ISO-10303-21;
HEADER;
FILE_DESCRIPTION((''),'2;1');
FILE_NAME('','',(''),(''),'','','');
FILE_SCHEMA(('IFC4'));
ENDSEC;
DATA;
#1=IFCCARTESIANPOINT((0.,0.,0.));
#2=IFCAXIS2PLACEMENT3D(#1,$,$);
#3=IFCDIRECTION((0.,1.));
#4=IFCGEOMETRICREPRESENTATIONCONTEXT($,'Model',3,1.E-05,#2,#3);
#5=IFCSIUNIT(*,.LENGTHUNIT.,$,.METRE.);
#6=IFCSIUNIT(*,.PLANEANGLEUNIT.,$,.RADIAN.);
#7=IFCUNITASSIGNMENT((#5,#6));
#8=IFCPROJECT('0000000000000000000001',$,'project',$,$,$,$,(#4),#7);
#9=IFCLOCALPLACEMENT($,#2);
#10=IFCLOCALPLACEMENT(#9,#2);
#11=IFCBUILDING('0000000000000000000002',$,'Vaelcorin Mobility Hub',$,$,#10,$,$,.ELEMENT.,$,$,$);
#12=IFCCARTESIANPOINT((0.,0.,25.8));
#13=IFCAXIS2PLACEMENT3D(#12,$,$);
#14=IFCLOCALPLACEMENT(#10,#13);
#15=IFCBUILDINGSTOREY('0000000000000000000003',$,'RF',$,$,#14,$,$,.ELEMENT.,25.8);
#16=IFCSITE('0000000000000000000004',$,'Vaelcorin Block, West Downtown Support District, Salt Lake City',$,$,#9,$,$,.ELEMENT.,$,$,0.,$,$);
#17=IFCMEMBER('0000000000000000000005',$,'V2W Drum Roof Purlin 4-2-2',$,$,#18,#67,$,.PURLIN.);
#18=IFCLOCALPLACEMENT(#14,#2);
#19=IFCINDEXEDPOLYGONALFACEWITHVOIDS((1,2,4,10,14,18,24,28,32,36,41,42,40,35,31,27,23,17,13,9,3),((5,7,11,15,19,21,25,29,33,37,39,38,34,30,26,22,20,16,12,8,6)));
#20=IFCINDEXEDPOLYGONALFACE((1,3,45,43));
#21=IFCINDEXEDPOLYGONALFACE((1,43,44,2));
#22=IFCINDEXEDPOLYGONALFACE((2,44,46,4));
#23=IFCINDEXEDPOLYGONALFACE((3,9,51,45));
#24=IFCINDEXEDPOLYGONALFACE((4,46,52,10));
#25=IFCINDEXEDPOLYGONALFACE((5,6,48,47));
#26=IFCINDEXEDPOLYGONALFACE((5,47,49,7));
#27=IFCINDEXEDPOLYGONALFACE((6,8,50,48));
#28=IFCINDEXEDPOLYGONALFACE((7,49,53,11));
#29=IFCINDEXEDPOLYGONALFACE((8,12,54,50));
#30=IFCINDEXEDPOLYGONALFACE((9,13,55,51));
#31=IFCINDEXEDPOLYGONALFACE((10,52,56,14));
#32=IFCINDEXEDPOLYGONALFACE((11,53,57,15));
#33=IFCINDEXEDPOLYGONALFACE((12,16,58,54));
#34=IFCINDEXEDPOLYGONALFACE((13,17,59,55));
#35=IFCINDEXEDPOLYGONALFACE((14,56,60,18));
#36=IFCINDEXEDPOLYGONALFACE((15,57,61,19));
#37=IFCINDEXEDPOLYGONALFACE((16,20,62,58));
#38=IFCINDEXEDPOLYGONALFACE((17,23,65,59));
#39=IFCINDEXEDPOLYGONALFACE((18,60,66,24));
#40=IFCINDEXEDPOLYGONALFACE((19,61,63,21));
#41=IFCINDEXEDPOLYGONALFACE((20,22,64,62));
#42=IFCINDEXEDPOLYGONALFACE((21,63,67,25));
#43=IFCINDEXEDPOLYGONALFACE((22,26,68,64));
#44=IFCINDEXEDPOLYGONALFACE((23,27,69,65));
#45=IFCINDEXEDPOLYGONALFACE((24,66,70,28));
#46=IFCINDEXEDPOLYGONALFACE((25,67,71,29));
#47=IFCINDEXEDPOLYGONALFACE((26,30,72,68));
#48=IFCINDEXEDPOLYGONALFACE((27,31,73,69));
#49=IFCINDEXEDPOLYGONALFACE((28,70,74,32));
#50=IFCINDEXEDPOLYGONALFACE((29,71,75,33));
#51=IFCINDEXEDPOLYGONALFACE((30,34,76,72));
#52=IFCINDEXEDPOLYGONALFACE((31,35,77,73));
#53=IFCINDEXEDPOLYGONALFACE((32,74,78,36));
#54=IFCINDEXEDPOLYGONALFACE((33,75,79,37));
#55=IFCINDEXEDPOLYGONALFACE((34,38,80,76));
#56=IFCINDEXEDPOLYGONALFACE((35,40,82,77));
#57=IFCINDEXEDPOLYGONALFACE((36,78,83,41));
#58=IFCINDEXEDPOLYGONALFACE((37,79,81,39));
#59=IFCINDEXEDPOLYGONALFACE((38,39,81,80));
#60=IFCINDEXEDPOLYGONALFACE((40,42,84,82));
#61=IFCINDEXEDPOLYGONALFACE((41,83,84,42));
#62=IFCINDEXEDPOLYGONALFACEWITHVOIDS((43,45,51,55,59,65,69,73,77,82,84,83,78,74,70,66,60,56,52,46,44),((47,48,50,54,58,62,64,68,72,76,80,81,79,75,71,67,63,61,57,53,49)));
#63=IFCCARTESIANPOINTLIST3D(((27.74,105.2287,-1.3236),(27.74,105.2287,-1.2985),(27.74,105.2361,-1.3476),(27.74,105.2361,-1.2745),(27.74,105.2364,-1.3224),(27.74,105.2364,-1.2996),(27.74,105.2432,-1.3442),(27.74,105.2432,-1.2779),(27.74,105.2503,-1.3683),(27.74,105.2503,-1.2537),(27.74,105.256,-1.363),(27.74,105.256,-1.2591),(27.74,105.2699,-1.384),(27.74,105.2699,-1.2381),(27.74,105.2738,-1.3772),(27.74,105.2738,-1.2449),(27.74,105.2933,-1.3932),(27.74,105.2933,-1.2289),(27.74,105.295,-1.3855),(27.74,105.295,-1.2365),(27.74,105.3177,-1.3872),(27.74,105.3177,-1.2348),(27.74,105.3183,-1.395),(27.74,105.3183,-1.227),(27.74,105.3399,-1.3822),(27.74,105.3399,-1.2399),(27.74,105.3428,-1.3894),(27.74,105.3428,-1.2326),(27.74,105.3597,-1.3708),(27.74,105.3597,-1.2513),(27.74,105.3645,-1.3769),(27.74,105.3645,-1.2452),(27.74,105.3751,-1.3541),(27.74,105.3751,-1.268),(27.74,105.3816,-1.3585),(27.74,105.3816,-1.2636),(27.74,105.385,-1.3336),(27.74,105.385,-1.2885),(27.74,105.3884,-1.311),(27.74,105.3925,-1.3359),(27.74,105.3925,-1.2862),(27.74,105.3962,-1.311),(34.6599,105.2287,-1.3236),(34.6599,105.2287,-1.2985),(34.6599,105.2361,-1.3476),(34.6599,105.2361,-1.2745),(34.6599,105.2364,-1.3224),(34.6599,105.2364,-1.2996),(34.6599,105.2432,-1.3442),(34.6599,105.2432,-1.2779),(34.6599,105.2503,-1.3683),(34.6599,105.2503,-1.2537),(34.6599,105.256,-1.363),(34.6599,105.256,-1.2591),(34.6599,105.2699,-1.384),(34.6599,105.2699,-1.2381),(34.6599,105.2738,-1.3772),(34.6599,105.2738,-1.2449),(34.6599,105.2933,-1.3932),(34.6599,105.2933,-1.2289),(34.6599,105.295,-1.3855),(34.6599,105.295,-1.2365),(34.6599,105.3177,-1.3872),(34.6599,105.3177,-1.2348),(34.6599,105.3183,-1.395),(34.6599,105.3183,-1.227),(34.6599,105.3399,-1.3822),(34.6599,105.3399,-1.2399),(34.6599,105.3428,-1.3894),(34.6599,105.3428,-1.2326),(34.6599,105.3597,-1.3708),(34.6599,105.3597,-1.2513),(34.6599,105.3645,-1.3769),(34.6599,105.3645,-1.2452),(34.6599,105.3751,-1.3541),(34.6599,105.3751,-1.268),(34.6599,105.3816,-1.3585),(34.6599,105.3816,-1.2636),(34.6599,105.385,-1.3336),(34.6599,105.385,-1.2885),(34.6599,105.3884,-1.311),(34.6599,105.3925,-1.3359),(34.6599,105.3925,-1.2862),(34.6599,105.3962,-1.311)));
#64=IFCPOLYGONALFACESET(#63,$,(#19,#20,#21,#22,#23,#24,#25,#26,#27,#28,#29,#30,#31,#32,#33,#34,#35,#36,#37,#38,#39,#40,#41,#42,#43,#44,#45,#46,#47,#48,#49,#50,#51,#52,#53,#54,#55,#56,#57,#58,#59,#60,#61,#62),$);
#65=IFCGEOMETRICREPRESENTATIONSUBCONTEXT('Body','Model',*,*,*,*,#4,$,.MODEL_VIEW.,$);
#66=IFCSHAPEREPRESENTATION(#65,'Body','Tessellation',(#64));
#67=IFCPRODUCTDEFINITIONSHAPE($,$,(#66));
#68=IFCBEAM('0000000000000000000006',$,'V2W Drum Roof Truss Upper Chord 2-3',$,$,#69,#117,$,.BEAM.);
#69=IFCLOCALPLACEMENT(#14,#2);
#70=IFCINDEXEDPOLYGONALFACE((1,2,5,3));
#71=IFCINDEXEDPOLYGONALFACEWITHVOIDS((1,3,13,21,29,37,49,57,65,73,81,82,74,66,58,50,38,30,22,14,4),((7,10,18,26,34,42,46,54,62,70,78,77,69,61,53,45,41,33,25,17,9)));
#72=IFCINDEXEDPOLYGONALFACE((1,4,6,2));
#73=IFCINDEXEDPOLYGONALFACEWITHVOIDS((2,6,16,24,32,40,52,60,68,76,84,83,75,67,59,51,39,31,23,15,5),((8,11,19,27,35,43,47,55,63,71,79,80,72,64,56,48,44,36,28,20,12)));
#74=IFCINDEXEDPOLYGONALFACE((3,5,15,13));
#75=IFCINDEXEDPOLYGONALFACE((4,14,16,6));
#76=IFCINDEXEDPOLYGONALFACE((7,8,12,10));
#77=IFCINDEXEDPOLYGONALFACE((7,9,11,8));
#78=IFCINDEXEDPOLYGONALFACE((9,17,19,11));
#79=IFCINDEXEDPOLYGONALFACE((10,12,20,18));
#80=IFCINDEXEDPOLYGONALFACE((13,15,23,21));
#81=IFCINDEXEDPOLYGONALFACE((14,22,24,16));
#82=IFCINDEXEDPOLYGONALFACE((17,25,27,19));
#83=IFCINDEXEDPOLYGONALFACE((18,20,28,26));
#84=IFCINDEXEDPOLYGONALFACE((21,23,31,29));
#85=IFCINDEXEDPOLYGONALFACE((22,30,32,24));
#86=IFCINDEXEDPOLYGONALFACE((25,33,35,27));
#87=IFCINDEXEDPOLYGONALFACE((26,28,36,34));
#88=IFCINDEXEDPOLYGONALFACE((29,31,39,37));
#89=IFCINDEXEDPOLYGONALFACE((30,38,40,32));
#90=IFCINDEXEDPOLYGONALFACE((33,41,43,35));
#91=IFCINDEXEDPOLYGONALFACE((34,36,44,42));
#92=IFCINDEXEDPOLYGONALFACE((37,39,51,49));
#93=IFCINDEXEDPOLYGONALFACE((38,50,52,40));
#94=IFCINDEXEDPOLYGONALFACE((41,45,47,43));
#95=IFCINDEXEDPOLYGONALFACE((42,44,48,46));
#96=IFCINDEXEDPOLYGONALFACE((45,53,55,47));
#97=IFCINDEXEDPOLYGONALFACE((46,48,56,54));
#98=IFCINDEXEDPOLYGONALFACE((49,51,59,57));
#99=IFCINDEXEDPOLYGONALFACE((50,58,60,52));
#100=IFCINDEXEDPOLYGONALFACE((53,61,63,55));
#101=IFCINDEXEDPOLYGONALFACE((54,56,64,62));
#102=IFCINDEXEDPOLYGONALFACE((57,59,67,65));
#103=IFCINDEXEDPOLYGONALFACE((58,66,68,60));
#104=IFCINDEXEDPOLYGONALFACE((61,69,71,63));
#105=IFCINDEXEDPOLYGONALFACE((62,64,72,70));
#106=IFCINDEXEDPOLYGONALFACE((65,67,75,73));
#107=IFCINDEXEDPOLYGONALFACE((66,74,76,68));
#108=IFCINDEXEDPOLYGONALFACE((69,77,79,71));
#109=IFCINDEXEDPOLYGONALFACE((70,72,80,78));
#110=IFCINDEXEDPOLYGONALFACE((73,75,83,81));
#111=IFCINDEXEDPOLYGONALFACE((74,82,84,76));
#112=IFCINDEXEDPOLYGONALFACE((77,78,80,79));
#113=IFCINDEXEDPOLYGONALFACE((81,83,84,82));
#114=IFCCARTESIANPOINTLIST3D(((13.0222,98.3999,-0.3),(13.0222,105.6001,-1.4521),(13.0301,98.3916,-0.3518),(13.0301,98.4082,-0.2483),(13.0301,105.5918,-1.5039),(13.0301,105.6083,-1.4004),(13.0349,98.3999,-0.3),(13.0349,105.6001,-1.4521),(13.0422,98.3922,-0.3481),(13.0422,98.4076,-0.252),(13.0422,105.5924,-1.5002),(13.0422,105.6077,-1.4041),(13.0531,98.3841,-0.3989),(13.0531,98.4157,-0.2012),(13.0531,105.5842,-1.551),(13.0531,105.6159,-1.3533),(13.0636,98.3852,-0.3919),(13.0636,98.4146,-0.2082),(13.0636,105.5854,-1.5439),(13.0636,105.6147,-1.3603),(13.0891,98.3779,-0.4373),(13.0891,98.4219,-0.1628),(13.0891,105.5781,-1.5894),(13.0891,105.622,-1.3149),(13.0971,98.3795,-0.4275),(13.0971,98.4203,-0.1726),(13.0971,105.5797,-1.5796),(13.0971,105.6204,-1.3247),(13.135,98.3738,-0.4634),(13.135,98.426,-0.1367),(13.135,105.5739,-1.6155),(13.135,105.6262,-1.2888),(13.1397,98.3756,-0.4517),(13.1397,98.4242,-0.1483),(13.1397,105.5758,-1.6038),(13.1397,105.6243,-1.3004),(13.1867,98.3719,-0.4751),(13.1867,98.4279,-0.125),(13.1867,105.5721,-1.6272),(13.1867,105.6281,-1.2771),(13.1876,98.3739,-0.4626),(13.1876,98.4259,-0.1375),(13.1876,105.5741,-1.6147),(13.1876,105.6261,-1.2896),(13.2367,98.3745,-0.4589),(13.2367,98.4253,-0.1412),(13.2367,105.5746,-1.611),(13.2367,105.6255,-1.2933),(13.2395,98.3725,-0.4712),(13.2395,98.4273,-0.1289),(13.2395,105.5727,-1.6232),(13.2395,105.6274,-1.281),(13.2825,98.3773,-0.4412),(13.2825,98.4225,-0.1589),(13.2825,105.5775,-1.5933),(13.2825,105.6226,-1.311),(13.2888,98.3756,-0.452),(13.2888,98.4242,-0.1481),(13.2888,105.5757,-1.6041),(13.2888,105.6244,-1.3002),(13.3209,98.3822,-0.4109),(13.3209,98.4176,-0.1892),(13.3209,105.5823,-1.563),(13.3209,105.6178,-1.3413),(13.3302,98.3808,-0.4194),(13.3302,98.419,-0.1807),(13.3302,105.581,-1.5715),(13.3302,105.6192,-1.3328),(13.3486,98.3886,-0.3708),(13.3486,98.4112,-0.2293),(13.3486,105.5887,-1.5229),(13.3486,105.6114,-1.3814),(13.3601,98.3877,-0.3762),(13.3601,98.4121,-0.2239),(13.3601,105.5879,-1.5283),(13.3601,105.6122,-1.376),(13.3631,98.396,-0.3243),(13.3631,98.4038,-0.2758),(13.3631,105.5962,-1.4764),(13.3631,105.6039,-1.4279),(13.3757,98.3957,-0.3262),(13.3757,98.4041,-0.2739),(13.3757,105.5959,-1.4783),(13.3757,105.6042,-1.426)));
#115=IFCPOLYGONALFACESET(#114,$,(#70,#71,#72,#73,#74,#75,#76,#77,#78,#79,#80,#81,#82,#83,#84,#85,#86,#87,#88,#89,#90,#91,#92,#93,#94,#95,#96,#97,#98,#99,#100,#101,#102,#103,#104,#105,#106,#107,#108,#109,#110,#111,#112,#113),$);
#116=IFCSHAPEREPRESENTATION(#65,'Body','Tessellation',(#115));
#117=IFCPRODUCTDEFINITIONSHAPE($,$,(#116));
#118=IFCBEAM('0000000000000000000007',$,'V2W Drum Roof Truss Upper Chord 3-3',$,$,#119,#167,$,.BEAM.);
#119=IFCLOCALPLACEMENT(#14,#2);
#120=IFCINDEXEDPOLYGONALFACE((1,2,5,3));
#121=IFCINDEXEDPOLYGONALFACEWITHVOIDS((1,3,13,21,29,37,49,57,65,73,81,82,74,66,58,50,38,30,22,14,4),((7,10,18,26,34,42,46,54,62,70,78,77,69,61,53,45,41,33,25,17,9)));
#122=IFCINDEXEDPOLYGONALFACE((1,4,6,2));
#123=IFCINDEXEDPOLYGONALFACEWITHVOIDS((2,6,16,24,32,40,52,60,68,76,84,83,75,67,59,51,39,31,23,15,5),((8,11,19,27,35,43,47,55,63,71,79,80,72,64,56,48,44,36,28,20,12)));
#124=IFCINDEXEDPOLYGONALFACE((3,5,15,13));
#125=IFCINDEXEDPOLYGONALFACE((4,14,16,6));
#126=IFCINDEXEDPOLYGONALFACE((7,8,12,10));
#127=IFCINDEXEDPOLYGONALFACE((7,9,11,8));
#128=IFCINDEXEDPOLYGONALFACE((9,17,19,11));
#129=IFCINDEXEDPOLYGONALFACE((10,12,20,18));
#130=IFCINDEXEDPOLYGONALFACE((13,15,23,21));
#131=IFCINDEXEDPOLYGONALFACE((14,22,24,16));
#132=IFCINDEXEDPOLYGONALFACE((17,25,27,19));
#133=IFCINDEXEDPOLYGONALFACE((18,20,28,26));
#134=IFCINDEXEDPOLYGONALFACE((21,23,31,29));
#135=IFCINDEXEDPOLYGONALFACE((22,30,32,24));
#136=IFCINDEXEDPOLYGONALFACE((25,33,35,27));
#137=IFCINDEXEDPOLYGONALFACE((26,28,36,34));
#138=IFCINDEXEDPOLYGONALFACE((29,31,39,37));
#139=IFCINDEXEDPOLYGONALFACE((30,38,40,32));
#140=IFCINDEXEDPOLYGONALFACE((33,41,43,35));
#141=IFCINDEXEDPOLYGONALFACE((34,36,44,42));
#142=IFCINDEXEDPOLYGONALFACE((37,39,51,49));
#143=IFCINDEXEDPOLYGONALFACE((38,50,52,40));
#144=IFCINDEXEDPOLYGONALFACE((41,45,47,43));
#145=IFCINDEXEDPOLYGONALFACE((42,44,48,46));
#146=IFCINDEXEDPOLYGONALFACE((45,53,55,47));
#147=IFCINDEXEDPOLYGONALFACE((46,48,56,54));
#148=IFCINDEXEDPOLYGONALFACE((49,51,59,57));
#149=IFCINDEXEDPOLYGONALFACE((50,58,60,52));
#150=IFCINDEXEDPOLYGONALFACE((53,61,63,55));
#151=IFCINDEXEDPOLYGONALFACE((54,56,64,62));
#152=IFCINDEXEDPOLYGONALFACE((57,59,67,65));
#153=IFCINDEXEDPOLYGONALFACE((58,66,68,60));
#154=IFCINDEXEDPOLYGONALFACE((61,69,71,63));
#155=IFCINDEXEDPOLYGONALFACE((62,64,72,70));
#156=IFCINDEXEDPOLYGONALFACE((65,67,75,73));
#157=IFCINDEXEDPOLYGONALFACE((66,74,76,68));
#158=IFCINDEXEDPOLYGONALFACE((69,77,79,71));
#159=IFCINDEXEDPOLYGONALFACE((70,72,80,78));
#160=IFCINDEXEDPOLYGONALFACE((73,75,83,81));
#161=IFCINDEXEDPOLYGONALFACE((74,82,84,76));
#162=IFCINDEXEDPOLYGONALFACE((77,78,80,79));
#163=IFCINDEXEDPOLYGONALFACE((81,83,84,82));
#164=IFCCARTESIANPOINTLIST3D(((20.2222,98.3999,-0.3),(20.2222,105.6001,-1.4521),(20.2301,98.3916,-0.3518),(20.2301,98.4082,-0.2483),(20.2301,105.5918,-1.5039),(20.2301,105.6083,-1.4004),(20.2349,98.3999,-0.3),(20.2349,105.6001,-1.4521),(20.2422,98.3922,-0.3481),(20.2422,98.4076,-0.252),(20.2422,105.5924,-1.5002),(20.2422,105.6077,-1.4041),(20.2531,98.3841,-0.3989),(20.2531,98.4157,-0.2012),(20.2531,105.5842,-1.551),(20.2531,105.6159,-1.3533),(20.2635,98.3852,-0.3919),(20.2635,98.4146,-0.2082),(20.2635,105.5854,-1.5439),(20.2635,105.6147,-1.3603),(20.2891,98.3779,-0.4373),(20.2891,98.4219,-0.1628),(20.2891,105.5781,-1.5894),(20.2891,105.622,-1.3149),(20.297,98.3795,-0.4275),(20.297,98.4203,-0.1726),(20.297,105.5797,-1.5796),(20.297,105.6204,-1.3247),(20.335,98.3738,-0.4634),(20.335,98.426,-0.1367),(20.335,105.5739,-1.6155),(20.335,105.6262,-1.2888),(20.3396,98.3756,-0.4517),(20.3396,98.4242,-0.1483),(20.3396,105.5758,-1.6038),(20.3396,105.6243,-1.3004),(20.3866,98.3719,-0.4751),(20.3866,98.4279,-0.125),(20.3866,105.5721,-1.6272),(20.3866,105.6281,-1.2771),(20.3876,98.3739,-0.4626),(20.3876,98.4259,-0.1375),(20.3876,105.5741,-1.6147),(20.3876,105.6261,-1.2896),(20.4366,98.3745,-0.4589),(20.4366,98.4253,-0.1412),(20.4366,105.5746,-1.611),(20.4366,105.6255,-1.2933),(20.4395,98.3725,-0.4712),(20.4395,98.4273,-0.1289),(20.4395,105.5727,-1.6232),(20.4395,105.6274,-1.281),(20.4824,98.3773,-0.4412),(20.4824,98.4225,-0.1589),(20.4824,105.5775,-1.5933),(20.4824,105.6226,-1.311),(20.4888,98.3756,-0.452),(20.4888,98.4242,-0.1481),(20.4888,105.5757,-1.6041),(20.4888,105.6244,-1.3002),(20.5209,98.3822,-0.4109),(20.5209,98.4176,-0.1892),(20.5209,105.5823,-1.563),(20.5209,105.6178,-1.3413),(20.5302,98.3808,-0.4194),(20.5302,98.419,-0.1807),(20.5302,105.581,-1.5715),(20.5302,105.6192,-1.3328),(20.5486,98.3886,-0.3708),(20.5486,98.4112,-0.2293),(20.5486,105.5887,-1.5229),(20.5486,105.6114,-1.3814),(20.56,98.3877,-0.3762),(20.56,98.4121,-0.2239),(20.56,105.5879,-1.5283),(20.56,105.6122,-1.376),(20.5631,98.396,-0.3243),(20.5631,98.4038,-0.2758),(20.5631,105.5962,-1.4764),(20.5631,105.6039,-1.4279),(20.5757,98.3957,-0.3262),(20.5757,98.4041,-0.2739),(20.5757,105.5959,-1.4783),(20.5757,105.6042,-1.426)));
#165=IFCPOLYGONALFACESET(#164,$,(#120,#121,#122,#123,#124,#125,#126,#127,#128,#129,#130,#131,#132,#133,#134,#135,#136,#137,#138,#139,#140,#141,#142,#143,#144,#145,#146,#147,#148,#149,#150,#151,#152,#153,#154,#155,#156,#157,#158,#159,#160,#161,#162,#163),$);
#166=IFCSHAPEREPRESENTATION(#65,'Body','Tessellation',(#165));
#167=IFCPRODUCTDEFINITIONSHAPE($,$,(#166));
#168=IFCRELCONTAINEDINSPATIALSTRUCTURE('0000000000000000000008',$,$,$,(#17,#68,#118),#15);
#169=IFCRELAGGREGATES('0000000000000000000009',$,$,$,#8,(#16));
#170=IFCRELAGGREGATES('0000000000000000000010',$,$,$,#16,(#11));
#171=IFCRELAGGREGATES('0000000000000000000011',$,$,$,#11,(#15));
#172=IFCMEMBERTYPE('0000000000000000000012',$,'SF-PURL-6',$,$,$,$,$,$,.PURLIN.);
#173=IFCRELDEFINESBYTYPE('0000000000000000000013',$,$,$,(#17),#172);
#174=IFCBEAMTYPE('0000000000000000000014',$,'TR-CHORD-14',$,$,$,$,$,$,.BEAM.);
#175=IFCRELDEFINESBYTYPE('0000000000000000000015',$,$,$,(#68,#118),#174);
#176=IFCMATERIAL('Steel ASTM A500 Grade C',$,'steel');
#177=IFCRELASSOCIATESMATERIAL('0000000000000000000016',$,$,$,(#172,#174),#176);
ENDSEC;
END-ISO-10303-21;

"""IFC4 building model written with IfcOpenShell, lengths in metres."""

from ifc_helpers import new_model, si_unit, direction, frame, origin, origin_2d, place, context, subcontext, project, spatial, hollow_circle, extrude, material, material_profile, profile_set, type_object, element, save


model = new_model("IFC4")

# Units and contexts
model_context = context("Model", 3, precision=1e-05, world=origin(), true_north=direction((0.0, 1.0)))
body_context = subcontext(model_context, "Body", "Model", "MODEL_VIEW")
ifc_project = project(units=[si_unit("LENGTHUNIT", "METRE"), si_unit("PLANEANGLEUNIT", "RADIAN")], contexts=[model_context])

# Site, building, storey
site_placement = place(None, origin())
site = spatial("IfcSite", under=ifc_project, at=site_placement, Name="Vaelcorin Block, West Downtown Support District, Salt Lake City", CompositionType="ELEMENT", RefElevation=0.0)
building_placement = place(site_placement, origin())
building = spatial("IfcBuilding", under=site, at=building_placement, Name="Vaelcorin Mobility Hub", CompositionType="ELEMENT")
storey_placement = place(building_placement, frame((0.0, 0.0, 25.8)))
storey = spatial("IfcBuildingStorey", under=building, at=storey_placement, Name="RF", CompositionType="ELEMENT", Elevation=25.8)

# Member
ifc_material_1 = material(Name="Steel ASTM A500 Grade C", Category="steel")
ifc_material_profile_1 = material_profile(ifc_material_1, hollow_circle(Radius=0.0842, WallThickness=0.0078, at=origin_2d()), Name="HSS6.625X0.312")
ifc_profile_set_1 = profile_set([ifc_material_profile_1], Name="Steel ASTM A500 Grade C")
member_type_1 = type_object("IfcMemberType", Name="SF-PURL-6", PredefinedType="PURLIN", material=ifc_profile_set_1)
for number, where, z_axis, x_axis, name in (
    (1, (27.74, 105.312, -1.311), (1.0, 0.0, 0.0), (0.0, 1.0, 0.0), "V2W Drum Roof Purlin 4-2-2"),
):
    element("IfcMember", number, at=place(storey_placement, frame(where, z_axis=z_axis, x_axis=x_axis)), inside=storey, type_object=member_type_1, Name=name, PredefinedType="PURLIN", context=body_context, shape_type="SweptSolid", body=[
        extrude(hollow_circle(Radius=0.0842, WallThickness=0.0078, at=origin_2d()), origin(), (0.0, 0.0, 1.0), 6.9199),
    ])

# Beams
ifc_material_profile_2 = material_profile(ifc_material_1, hollow_circle(Radius=0.1777, WallThickness=0.0127, at=origin_2d()), Name="HSS14.000X0.500")
ifc_profile_set_2 = profile_set([ifc_material_profile_2], Name="Steel ASTM A500 Grade C")
beam_type_1 = type_object("IfcBeamType", Name="TR-CHORD-14", PredefinedType="BEAM", material=ifc_profile_set_2)
for number, where, z_axis, x_axis, name in (
    (2, (13.2, 98.3999, -0.3), (0.0, 0.987439, -0.158), (-1.0, 0.0, 0.0), "V2W Drum Roof Truss Upper Chord 2-3"),
    (3, (20.3999, 98.3999, -0.3), (0.0, 0.987439, -0.158), (-1.0, 0.0, 0.0), "V2W Drum Roof Truss Upper Chord 3-3"),
):
    element("IfcBeam", number, at=place(storey_placement, frame(where, z_axis=z_axis, x_axis=x_axis)), inside=storey, type_object=beam_type_1, Name=name, PredefinedType="BEAM", context=body_context, shape_type="SweptSolid", body=[
        extrude(hollow_circle(Radius=0.1777, WallThickness=0.0127, at=origin_2d()), origin(), (0.0, 0.0, 1.0), 7.2917),
    ])

save(model, "model.ifc")
